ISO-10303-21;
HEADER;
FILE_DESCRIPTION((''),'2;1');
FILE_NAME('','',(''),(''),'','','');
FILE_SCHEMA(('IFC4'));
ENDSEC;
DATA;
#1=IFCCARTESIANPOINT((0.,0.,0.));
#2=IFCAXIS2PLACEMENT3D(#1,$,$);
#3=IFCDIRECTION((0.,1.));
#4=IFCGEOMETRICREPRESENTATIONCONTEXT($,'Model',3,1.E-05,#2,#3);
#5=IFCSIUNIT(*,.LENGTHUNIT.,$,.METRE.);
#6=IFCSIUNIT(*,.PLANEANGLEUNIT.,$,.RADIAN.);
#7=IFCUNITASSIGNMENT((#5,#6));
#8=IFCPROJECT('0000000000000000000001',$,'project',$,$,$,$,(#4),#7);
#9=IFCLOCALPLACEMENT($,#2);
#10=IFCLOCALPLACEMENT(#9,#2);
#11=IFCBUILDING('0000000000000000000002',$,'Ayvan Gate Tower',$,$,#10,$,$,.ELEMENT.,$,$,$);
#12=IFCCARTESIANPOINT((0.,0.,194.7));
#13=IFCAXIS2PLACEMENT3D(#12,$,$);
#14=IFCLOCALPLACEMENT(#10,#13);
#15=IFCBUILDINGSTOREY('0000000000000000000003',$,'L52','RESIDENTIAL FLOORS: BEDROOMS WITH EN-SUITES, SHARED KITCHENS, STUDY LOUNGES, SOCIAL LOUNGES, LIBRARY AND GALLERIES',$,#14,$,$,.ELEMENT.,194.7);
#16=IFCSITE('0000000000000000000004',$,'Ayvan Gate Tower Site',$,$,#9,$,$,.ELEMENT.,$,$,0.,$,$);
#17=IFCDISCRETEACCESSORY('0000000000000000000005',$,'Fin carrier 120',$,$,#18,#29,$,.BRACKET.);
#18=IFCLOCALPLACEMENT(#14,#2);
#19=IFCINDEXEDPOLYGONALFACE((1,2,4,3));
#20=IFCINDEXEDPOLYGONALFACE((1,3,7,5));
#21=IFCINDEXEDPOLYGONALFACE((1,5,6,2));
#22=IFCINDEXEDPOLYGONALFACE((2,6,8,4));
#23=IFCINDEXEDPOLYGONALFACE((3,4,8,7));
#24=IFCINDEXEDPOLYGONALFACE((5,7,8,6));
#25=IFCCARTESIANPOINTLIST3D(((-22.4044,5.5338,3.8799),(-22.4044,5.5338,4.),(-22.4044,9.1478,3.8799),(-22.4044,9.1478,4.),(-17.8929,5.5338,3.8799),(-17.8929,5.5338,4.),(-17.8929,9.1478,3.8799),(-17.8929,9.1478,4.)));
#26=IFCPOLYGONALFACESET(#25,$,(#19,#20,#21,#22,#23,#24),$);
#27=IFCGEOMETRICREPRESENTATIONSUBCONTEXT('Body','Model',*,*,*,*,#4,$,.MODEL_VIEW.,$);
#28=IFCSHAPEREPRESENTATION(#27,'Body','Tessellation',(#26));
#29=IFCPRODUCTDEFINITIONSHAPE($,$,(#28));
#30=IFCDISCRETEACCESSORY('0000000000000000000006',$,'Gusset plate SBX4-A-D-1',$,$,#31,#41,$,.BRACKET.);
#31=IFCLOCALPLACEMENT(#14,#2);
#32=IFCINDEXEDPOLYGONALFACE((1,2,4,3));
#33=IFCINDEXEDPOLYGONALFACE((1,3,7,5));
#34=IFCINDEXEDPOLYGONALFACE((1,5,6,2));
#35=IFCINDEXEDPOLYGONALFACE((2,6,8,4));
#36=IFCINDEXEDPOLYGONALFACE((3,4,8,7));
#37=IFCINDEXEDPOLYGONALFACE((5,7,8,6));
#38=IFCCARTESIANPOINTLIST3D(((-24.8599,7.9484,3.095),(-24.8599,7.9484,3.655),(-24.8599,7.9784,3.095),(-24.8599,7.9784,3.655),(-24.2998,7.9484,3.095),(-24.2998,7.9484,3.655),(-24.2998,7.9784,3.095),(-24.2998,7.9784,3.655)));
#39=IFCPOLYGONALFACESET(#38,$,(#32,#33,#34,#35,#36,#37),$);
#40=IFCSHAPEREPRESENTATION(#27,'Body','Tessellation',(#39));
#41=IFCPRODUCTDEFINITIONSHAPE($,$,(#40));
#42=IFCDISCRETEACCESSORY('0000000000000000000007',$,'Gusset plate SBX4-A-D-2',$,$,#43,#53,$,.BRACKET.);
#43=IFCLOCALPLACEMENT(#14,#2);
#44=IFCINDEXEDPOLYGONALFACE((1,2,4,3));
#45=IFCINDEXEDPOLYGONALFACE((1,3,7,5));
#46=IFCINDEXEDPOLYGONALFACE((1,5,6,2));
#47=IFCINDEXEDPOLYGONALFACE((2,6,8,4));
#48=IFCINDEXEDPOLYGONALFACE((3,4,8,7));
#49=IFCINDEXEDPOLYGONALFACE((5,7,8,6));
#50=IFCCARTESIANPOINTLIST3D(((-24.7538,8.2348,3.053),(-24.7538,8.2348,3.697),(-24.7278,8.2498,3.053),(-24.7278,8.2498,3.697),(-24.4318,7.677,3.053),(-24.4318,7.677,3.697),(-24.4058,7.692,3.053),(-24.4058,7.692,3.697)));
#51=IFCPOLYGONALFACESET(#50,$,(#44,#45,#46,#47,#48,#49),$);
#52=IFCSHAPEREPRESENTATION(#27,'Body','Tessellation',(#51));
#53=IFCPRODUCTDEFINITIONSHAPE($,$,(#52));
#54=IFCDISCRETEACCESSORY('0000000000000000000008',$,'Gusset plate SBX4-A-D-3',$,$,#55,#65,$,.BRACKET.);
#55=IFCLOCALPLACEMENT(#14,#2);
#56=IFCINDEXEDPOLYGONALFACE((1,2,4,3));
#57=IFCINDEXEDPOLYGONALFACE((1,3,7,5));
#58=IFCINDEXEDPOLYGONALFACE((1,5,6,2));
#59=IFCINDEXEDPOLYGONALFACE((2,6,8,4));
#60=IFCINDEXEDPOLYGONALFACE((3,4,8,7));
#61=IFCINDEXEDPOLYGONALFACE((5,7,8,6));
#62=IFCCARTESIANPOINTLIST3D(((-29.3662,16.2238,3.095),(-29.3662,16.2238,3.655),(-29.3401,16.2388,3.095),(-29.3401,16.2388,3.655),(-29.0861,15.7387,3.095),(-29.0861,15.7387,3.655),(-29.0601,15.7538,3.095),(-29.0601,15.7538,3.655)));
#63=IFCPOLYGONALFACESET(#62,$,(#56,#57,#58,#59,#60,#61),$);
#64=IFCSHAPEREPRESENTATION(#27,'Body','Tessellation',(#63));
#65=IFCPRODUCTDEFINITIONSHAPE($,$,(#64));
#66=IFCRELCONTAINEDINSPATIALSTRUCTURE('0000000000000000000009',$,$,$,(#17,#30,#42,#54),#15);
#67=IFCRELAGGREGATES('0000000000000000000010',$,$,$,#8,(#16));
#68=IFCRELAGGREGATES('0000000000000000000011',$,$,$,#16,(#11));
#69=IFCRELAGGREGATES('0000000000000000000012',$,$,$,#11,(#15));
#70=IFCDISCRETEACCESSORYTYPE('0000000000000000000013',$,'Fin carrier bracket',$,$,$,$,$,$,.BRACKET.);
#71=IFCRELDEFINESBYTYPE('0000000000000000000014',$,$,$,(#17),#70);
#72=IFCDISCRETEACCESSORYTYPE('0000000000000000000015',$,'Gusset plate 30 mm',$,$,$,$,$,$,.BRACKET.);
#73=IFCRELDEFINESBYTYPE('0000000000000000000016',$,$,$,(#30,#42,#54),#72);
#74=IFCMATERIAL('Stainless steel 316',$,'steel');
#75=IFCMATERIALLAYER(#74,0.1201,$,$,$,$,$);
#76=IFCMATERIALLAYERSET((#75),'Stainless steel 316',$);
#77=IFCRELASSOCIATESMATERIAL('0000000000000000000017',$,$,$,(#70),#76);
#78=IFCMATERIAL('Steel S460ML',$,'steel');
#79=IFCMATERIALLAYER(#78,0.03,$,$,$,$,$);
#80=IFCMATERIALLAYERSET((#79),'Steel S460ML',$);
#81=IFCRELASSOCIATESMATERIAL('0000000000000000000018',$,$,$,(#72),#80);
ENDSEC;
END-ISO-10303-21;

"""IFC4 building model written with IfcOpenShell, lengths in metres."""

from ifc_helpers import new_model, si_unit, direction, frame, origin, origin_2d, place, context, subcontext, project, spatial, rectangle, extrude, material, layer, layer_set, type_object, element, save


model = new_model("IFC4")

# Units and contexts
model_context = context("Model", 3, precision=1e-05, world=origin(), true_north=direction((0.0, 1.0)))
body_context = subcontext(model_context, "Body", "Model", "MODEL_VIEW")
ifc_project = project(units=[si_unit("LENGTHUNIT", "METRE"), si_unit("PLANEANGLEUNIT", "RADIAN")], contexts=[model_context])

# Site, building, storey
site_placement = place(None, origin())
site = spatial("IfcSite", under=ifc_project, at=site_placement, Name="Ayvan Gate Tower Site", CompositionType="ELEMENT", RefElevation=0.0)
building_placement = place(site_placement, origin())
building = spatial("IfcBuilding", under=site, at=building_placement, Name="Ayvan Gate Tower", CompositionType="ELEMENT")
storey_placement = place(building_placement, frame((0.0, 0.0, 194.7)))
storey = spatial("IfcBuildingStorey", under=building, at=storey_placement, Name="L52", Description="RESIDENTIAL FLOORS: BEDROOMS WITH EN-SUITES, SHARED KITCHENS, STUDY LOUNGES, SOCIAL LOUNGES, LIBRARY AND GALLERIES", CompositionType="ELEMENT", Elevation=194.7)

# Shared definitions
ifc_material_1 = material(Name="Steel S460ML", Category="steel")

# Discrete accessories
ifc_material_2 = material(Name="Stainless steel 316", Category="steel")
ifc_layer_1 = layer(ifc_material_2, 0.1201)
ifc_layer_set_1 = layer_set([ifc_layer_1], Name="Stainless steel 316")
discrete_accessory_type_1 = type_object("IfcDiscreteAccessoryType", Name="Fin carrier bracket", PredefinedType="BRACKET", material=ifc_layer_set_1)
discrete_accessory_1_placement = place(storey_placement, frame((-20.1487, 7.3408, 3.8799), z_axis=(0.0, 0.0, 1.0), x_axis=(0.0, -1.0, 0.0)))
element("IfcDiscreteAccessory", 1, at=discrete_accessory_1_placement, inside=storey, type_object=discrete_accessory_type_1, Name="Fin carrier 120", PredefinedType="BRACKET", context=body_context, shape_type="SweptSolid", body=[
    extrude(rectangle(XDim=3.614, YDim=4.5115, at=origin_2d()), origin(), (0.0, 0.0, 1.0), 0.1201),
])
ifc_layer_2 = layer(ifc_material_1, 0.03)
ifc_layer_set_2 = layer_set([ifc_layer_2], Name="Steel S460ML")
discrete_accessory_type_2 = type_object("IfcDiscreteAccessoryType", Name="Gusset plate 30 mm", PredefinedType="BRACKET", material=ifc_layer_set_2)
discrete_accessory_2_placement = place(storey_placement, frame((-24.5798, 7.9634, 3.095), z_axis=(0.0, 0.0, 1.0), x_axis=(1.0, 0.0, 0.0)))
element("IfcDiscreteAccessory", 2, at=discrete_accessory_2_placement, inside=storey, type_object=discrete_accessory_type_2, Name="Gusset plate SBX4-A-D-1", PredefinedType="BRACKET", context=body_context, shape_type="SweptSolid", body=[
    extrude(rectangle(XDim=0.5601, YDim=0.03, at=origin_2d()), origin(), (0.0, 0.0, 1.0), 0.5601),
])
discrete_accessory_3_placement = place(storey_placement, frame((-24.5798, 7.9634, 3.053), z_axis=(0.0, 0.0, 1.0), x_axis=(-0.5, 0.866025, 0.0)))
element("IfcDiscreteAccessory", 3, at=discrete_accessory_3_placement, inside=storey, type_object=discrete_accessory_type_2, Name="Gusset plate SBX4-A-D-2", PredefinedType="BRACKET", context=body_context, shape_type="SweptSolid", body=[
    extrude(rectangle(XDim=0.644, YDim=0.03, at=origin_2d()), origin(), (0.0, 0.0, 1.0), 0.644),
])
discrete_accessory_4_placement = place(storey_placement, frame((-29.2131, 15.9888, 3.095), z_axis=(0.0, 0.0, 1.0), x_axis=(-0.5, 0.866025, 0.0)))
element("IfcDiscreteAccessory", 4, at=discrete_accessory_4_placement, inside=storey, type_object=discrete_accessory_type_2, Name="Gusset plate SBX4-A-D-3", PredefinedType="BRACKET", context=body_context, shape_type="SweptSolid", body=[
    extrude(rectangle(XDim=0.5601, YDim=0.03, at=origin_2d()), origin(), (0.0, 0.0, 1.0), 0.5601),
])

save(model, "model.ifc")
